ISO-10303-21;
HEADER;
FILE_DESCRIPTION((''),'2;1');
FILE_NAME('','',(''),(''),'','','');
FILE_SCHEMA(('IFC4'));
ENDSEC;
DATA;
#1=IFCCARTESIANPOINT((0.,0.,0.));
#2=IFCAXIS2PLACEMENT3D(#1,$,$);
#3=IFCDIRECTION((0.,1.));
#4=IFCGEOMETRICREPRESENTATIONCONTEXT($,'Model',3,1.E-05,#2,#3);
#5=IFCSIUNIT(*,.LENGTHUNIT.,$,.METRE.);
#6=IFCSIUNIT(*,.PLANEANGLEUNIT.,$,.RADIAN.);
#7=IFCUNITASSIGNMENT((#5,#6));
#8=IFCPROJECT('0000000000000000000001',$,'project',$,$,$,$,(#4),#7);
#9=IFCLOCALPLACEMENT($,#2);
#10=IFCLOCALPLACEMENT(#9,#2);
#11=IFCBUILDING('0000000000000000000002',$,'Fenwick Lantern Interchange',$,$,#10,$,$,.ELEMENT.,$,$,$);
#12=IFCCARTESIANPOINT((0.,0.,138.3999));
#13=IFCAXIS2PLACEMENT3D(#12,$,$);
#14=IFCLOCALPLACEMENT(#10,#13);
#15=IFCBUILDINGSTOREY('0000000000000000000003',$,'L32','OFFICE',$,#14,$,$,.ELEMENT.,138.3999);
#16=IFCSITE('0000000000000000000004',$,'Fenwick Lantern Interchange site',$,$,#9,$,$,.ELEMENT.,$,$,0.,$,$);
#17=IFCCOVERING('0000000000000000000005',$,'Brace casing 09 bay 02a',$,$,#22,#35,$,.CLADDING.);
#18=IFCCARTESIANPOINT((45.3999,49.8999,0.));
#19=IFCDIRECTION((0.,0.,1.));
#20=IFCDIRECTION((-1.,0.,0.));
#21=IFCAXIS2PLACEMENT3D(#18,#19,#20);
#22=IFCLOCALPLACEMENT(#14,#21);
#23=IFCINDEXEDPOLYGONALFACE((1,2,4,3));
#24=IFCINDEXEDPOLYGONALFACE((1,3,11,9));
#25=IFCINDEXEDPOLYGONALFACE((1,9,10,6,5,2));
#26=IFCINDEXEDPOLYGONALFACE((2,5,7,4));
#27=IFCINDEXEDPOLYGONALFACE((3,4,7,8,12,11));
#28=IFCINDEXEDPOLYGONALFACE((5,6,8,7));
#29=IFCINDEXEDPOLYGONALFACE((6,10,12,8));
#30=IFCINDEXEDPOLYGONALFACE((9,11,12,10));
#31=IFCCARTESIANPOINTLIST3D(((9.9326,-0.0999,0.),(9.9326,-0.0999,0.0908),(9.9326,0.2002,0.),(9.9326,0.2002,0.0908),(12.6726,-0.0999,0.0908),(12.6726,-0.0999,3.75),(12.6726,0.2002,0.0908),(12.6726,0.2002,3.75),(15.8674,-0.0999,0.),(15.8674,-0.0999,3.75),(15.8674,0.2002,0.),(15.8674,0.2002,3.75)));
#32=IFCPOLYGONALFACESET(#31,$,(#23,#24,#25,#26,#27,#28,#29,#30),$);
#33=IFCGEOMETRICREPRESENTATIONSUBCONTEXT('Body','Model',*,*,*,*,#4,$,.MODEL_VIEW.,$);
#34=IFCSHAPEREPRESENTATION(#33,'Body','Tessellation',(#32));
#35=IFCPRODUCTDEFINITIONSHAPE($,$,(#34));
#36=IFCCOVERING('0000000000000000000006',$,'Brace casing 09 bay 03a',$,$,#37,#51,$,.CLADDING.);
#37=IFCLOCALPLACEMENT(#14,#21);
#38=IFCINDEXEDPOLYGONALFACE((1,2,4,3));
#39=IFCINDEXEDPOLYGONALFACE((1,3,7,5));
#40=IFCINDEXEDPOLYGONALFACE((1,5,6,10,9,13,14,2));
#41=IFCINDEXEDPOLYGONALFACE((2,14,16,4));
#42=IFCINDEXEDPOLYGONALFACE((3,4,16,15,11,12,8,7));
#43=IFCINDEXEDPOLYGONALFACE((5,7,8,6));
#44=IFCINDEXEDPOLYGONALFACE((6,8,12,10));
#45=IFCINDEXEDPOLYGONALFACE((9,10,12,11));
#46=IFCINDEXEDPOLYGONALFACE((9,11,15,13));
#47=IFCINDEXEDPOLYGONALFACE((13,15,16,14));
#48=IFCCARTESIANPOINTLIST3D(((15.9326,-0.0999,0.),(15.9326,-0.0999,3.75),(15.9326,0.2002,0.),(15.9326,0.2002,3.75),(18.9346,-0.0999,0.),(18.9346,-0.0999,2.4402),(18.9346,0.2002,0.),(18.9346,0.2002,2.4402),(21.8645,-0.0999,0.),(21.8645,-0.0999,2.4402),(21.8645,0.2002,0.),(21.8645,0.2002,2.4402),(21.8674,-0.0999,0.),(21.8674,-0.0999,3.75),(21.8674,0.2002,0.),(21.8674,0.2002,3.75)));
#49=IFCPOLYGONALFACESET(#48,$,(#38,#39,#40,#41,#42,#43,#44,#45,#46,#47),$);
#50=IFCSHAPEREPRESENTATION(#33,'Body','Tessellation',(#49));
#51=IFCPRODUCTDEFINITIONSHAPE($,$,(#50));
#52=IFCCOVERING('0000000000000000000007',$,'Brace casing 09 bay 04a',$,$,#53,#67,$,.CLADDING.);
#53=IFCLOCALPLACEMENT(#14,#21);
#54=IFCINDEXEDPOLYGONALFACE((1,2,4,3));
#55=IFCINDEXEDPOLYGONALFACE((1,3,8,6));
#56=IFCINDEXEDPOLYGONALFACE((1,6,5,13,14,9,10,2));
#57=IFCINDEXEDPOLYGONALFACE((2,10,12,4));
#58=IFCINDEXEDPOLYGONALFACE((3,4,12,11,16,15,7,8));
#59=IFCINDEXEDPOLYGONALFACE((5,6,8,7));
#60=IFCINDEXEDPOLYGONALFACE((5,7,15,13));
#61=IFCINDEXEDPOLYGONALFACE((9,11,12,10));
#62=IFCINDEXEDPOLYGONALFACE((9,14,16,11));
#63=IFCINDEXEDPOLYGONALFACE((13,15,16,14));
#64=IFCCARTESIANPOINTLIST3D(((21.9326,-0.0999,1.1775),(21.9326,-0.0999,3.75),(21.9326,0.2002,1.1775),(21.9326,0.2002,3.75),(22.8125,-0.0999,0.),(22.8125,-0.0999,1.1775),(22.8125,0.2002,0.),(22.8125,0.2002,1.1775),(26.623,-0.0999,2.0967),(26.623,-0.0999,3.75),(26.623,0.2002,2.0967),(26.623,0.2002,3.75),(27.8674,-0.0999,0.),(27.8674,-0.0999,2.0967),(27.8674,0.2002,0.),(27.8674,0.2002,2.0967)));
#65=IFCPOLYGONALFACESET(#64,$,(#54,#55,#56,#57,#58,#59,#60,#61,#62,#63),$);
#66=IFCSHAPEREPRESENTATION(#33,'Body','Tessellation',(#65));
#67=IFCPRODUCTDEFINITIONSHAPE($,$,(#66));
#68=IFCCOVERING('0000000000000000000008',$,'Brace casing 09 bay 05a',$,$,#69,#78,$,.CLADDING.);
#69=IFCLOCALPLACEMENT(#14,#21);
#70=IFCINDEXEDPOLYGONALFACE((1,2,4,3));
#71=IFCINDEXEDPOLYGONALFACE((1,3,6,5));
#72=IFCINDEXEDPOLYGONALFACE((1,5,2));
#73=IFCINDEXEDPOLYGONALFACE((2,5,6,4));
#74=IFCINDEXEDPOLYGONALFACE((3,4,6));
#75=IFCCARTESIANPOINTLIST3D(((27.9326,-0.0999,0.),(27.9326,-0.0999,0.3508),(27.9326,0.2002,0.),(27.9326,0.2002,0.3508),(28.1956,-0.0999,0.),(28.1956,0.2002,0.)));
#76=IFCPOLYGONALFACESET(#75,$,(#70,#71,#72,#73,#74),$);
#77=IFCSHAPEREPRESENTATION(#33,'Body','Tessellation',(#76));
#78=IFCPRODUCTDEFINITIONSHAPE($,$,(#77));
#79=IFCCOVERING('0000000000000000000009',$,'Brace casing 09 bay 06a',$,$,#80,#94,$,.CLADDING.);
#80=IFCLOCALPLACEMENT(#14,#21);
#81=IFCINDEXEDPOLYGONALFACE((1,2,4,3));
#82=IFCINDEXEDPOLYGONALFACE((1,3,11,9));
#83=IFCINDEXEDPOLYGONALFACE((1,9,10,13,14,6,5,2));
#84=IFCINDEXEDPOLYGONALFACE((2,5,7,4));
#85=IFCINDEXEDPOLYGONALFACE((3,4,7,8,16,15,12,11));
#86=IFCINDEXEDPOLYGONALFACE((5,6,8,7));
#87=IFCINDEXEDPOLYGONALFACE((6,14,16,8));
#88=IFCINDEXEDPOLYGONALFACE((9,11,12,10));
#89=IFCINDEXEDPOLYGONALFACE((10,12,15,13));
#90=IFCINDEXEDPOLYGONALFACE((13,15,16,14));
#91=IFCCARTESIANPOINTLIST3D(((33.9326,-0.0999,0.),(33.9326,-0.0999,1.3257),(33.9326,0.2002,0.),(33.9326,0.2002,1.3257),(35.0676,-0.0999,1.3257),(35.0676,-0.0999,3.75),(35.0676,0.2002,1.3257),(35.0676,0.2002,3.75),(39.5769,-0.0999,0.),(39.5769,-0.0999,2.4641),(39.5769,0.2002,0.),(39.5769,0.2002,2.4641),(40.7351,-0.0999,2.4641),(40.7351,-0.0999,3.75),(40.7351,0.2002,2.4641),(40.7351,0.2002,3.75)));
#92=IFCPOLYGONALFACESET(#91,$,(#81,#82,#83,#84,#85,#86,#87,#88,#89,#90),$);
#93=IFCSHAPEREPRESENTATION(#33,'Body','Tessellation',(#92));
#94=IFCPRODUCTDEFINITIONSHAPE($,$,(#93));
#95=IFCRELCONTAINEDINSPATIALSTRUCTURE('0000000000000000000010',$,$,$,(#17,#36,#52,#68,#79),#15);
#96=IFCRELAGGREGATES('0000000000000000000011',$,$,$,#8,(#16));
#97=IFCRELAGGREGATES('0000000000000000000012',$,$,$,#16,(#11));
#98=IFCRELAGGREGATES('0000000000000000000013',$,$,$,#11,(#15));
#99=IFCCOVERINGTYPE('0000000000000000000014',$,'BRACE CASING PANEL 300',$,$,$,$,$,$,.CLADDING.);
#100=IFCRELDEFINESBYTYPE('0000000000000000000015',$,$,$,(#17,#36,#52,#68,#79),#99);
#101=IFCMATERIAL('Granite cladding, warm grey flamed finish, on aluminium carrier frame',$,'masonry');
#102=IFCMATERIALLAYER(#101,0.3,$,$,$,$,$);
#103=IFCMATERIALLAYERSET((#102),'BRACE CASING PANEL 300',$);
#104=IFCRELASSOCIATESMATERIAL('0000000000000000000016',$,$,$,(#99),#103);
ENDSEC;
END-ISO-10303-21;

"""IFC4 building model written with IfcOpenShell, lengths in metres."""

from ifc_helpers import new_model, si_unit, direction, frame, origin, place, context, subcontext, project, spatial, polyline, outline, extrude, material, layer, layer_set, type_object, element, save


model = new_model("IFC4")

# Units and contexts
model_context = context("Model", 3, precision=1e-05, world=origin(), true_north=direction((0.0, 1.0)))
body_context = subcontext(model_context, "Body", "Model", "MODEL_VIEW")
ifc_project = project(units=[si_unit("LENGTHUNIT", "METRE"), si_unit("PLANEANGLEUNIT", "RADIAN")], contexts=[model_context])

# Site, building, storey
site_placement = place(None, origin())
site = spatial("IfcSite", under=ifc_project, at=site_placement, Name="Fenwick Lantern Interchange site", CompositionType="ELEMENT", RefElevation=0.0)
building_placement = place(site_placement, origin())
building = spatial("IfcBuilding", under=site, at=building_placement, Name="Fenwick Lantern Interchange", CompositionType="ELEMENT")
storey_placement = place(building_placement, frame((0.0, 0.0, 138.3999)))
storey = spatial("IfcBuildingStorey", under=building, at=storey_placement, Name="L32", Description="OFFICE", CompositionType="ELEMENT", Elevation=138.3999)

# Coverings
ifc_material_1 = material(Name="Granite cladding, warm grey flamed finish, on aluminium carrier frame", Category="masonry")
ifc_layer_1 = layer(ifc_material_1, 0.3)
ifc_layer_set_1 = layer_set([ifc_layer_1], Name="BRACE CASING PANEL 300")
covering_type = type_object("IfcCoveringType", Name="BRACE CASING PANEL 300", PredefinedType="CLADDING", material=ifc_layer_set_1)
covering_1_placement = place(storey_placement, frame((45.3999, 49.8999, 0.0), z_axis=(0.0, 0.0, 1.0), x_axis=(-1.0, 0.0, 0.0)))
element("IfcCovering", 1, at=covering_1_placement, inside=storey, type_object=covering_type, Name="Brace casing 09 bay 02a", PredefinedType="CLADDING", context=body_context, shape_type="SweptSolid", body=[
    extrude(outline(polyline([(9.9326, 0.0), (15.8674, 0.0), (15.8674, 3.75), (12.6726, 3.75), (12.6726, 0.0908), (9.9326, 0.0908), (9.9326, 0.0)])), frame((0.0, 0.2002, 0.0), z_axis=(0.0, -1.0, 0.0), x_axis=(1.0, 0.0, 0.0)), (0.0, 0.0, 1.0), 0.3),
])
covering_2_placement = place(storey_placement, frame((45.3999, 49.8999, 0.0), z_axis=(0.0, 0.0, 1.0), x_axis=(-1.0, 0.0, 0.0)))
element("IfcCovering", 2, at=covering_2_placement, inside=storey, type_object=covering_type, Name="Brace casing 09 bay 03a", PredefinedType="CLADDING", context=body_context, shape_type="SweptSolid", body=[
    extrude(outline(polyline([(15.9326, 0.0), (18.9346, 0.0), (18.9346, 2.4402), (21.8645, 2.4402), (21.8645, 0.0), (21.8674, 0.0), (21.8674, 3.75), (15.9326, 3.75), (15.9326, 0.0)])), frame((0.0, 0.2002, 0.0), z_axis=(0.0, -1.0, 0.0), x_axis=(1.0, 0.0, 0.0)), (0.0, 0.0, 1.0), 0.3),
])
covering_3_placement = place(storey_placement, frame((45.3999, 49.8999, 0.0), z_axis=(0.0, 0.0, 1.0), x_axis=(-1.0, 0.0, 0.0)))
element("IfcCovering", 3, at=covering_3_placement, inside=storey, type_object=covering_type, Name="Brace casing 09 bay 04a", PredefinedType="CLADDING", context=body_context, shape_type="SweptSolid", body=[
    extrude(outline(polyline([(22.8125, 0.0), (27.8674, 0.0), (27.8674, 2.0967), (26.623, 2.0967), (26.623, 3.75), (21.9326, 3.75), (21.9326, 1.1775), (22.8125, 1.1775), (22.8125, 0.0)])), frame((0.0, 0.2002, 0.0), z_axis=(0.0, -1.0, 0.0), x_axis=(1.0, 0.0, 0.0)), (0.0, 0.0, 1.0), 0.3),
])
covering_4_placement = place(storey_placement, frame((45.3999, 49.8999, 0.0), z_axis=(0.0, 0.0, 1.0), x_axis=(-1.0, 0.0, 0.0)))
element("IfcCovering", 4, at=covering_4_placement, inside=storey, type_object=covering_type, Name="Brace casing 09 bay 05a", PredefinedType="CLADDING", context=body_context, shape_type="SweptSolid", body=[
    extrude(outline(polyline([(27.9326, 0.0), (28.1956, 0.0), (27.9326, 0.3508), (27.9326, 0.0)])), frame((0.0, 0.2002, 0.0), z_axis=(0.0, -1.0, 0.0), x_axis=(1.0, 0.0, 0.0)), (0.0, 0.0, 1.0), 0.3),
])
covering_5_placement = place(storey_placement, frame((45.3999, 49.8999, 0.0), z_axis=(0.0, 0.0, 1.0), x_axis=(-1.0, 0.0, 0.0)))
element("IfcCovering", 5, at=covering_5_placement, inside=storey, type_object=covering_type, Name="Brace casing 09 bay 06a", PredefinedType="CLADDING", context=body_context, shape_type="SweptSolid", body=[
    extrude(outline(polyline([(33.9326, 0.0), (39.5769, 0.0), (39.5769, 2.4641), (40.7351, 2.4641), (40.7351, 3.75), (35.0676, 3.75), (35.0676, 1.3257), (33.9326, 1.3257), (33.9326, 0.0)])), frame((0.0, 0.2002, 0.0), z_axis=(0.0, -1.0, 0.0), x_axis=(1.0, 0.0, 0.0)), (0.0, 0.0, 1.0), 0.3),
])

save(model, "model.ifc")
